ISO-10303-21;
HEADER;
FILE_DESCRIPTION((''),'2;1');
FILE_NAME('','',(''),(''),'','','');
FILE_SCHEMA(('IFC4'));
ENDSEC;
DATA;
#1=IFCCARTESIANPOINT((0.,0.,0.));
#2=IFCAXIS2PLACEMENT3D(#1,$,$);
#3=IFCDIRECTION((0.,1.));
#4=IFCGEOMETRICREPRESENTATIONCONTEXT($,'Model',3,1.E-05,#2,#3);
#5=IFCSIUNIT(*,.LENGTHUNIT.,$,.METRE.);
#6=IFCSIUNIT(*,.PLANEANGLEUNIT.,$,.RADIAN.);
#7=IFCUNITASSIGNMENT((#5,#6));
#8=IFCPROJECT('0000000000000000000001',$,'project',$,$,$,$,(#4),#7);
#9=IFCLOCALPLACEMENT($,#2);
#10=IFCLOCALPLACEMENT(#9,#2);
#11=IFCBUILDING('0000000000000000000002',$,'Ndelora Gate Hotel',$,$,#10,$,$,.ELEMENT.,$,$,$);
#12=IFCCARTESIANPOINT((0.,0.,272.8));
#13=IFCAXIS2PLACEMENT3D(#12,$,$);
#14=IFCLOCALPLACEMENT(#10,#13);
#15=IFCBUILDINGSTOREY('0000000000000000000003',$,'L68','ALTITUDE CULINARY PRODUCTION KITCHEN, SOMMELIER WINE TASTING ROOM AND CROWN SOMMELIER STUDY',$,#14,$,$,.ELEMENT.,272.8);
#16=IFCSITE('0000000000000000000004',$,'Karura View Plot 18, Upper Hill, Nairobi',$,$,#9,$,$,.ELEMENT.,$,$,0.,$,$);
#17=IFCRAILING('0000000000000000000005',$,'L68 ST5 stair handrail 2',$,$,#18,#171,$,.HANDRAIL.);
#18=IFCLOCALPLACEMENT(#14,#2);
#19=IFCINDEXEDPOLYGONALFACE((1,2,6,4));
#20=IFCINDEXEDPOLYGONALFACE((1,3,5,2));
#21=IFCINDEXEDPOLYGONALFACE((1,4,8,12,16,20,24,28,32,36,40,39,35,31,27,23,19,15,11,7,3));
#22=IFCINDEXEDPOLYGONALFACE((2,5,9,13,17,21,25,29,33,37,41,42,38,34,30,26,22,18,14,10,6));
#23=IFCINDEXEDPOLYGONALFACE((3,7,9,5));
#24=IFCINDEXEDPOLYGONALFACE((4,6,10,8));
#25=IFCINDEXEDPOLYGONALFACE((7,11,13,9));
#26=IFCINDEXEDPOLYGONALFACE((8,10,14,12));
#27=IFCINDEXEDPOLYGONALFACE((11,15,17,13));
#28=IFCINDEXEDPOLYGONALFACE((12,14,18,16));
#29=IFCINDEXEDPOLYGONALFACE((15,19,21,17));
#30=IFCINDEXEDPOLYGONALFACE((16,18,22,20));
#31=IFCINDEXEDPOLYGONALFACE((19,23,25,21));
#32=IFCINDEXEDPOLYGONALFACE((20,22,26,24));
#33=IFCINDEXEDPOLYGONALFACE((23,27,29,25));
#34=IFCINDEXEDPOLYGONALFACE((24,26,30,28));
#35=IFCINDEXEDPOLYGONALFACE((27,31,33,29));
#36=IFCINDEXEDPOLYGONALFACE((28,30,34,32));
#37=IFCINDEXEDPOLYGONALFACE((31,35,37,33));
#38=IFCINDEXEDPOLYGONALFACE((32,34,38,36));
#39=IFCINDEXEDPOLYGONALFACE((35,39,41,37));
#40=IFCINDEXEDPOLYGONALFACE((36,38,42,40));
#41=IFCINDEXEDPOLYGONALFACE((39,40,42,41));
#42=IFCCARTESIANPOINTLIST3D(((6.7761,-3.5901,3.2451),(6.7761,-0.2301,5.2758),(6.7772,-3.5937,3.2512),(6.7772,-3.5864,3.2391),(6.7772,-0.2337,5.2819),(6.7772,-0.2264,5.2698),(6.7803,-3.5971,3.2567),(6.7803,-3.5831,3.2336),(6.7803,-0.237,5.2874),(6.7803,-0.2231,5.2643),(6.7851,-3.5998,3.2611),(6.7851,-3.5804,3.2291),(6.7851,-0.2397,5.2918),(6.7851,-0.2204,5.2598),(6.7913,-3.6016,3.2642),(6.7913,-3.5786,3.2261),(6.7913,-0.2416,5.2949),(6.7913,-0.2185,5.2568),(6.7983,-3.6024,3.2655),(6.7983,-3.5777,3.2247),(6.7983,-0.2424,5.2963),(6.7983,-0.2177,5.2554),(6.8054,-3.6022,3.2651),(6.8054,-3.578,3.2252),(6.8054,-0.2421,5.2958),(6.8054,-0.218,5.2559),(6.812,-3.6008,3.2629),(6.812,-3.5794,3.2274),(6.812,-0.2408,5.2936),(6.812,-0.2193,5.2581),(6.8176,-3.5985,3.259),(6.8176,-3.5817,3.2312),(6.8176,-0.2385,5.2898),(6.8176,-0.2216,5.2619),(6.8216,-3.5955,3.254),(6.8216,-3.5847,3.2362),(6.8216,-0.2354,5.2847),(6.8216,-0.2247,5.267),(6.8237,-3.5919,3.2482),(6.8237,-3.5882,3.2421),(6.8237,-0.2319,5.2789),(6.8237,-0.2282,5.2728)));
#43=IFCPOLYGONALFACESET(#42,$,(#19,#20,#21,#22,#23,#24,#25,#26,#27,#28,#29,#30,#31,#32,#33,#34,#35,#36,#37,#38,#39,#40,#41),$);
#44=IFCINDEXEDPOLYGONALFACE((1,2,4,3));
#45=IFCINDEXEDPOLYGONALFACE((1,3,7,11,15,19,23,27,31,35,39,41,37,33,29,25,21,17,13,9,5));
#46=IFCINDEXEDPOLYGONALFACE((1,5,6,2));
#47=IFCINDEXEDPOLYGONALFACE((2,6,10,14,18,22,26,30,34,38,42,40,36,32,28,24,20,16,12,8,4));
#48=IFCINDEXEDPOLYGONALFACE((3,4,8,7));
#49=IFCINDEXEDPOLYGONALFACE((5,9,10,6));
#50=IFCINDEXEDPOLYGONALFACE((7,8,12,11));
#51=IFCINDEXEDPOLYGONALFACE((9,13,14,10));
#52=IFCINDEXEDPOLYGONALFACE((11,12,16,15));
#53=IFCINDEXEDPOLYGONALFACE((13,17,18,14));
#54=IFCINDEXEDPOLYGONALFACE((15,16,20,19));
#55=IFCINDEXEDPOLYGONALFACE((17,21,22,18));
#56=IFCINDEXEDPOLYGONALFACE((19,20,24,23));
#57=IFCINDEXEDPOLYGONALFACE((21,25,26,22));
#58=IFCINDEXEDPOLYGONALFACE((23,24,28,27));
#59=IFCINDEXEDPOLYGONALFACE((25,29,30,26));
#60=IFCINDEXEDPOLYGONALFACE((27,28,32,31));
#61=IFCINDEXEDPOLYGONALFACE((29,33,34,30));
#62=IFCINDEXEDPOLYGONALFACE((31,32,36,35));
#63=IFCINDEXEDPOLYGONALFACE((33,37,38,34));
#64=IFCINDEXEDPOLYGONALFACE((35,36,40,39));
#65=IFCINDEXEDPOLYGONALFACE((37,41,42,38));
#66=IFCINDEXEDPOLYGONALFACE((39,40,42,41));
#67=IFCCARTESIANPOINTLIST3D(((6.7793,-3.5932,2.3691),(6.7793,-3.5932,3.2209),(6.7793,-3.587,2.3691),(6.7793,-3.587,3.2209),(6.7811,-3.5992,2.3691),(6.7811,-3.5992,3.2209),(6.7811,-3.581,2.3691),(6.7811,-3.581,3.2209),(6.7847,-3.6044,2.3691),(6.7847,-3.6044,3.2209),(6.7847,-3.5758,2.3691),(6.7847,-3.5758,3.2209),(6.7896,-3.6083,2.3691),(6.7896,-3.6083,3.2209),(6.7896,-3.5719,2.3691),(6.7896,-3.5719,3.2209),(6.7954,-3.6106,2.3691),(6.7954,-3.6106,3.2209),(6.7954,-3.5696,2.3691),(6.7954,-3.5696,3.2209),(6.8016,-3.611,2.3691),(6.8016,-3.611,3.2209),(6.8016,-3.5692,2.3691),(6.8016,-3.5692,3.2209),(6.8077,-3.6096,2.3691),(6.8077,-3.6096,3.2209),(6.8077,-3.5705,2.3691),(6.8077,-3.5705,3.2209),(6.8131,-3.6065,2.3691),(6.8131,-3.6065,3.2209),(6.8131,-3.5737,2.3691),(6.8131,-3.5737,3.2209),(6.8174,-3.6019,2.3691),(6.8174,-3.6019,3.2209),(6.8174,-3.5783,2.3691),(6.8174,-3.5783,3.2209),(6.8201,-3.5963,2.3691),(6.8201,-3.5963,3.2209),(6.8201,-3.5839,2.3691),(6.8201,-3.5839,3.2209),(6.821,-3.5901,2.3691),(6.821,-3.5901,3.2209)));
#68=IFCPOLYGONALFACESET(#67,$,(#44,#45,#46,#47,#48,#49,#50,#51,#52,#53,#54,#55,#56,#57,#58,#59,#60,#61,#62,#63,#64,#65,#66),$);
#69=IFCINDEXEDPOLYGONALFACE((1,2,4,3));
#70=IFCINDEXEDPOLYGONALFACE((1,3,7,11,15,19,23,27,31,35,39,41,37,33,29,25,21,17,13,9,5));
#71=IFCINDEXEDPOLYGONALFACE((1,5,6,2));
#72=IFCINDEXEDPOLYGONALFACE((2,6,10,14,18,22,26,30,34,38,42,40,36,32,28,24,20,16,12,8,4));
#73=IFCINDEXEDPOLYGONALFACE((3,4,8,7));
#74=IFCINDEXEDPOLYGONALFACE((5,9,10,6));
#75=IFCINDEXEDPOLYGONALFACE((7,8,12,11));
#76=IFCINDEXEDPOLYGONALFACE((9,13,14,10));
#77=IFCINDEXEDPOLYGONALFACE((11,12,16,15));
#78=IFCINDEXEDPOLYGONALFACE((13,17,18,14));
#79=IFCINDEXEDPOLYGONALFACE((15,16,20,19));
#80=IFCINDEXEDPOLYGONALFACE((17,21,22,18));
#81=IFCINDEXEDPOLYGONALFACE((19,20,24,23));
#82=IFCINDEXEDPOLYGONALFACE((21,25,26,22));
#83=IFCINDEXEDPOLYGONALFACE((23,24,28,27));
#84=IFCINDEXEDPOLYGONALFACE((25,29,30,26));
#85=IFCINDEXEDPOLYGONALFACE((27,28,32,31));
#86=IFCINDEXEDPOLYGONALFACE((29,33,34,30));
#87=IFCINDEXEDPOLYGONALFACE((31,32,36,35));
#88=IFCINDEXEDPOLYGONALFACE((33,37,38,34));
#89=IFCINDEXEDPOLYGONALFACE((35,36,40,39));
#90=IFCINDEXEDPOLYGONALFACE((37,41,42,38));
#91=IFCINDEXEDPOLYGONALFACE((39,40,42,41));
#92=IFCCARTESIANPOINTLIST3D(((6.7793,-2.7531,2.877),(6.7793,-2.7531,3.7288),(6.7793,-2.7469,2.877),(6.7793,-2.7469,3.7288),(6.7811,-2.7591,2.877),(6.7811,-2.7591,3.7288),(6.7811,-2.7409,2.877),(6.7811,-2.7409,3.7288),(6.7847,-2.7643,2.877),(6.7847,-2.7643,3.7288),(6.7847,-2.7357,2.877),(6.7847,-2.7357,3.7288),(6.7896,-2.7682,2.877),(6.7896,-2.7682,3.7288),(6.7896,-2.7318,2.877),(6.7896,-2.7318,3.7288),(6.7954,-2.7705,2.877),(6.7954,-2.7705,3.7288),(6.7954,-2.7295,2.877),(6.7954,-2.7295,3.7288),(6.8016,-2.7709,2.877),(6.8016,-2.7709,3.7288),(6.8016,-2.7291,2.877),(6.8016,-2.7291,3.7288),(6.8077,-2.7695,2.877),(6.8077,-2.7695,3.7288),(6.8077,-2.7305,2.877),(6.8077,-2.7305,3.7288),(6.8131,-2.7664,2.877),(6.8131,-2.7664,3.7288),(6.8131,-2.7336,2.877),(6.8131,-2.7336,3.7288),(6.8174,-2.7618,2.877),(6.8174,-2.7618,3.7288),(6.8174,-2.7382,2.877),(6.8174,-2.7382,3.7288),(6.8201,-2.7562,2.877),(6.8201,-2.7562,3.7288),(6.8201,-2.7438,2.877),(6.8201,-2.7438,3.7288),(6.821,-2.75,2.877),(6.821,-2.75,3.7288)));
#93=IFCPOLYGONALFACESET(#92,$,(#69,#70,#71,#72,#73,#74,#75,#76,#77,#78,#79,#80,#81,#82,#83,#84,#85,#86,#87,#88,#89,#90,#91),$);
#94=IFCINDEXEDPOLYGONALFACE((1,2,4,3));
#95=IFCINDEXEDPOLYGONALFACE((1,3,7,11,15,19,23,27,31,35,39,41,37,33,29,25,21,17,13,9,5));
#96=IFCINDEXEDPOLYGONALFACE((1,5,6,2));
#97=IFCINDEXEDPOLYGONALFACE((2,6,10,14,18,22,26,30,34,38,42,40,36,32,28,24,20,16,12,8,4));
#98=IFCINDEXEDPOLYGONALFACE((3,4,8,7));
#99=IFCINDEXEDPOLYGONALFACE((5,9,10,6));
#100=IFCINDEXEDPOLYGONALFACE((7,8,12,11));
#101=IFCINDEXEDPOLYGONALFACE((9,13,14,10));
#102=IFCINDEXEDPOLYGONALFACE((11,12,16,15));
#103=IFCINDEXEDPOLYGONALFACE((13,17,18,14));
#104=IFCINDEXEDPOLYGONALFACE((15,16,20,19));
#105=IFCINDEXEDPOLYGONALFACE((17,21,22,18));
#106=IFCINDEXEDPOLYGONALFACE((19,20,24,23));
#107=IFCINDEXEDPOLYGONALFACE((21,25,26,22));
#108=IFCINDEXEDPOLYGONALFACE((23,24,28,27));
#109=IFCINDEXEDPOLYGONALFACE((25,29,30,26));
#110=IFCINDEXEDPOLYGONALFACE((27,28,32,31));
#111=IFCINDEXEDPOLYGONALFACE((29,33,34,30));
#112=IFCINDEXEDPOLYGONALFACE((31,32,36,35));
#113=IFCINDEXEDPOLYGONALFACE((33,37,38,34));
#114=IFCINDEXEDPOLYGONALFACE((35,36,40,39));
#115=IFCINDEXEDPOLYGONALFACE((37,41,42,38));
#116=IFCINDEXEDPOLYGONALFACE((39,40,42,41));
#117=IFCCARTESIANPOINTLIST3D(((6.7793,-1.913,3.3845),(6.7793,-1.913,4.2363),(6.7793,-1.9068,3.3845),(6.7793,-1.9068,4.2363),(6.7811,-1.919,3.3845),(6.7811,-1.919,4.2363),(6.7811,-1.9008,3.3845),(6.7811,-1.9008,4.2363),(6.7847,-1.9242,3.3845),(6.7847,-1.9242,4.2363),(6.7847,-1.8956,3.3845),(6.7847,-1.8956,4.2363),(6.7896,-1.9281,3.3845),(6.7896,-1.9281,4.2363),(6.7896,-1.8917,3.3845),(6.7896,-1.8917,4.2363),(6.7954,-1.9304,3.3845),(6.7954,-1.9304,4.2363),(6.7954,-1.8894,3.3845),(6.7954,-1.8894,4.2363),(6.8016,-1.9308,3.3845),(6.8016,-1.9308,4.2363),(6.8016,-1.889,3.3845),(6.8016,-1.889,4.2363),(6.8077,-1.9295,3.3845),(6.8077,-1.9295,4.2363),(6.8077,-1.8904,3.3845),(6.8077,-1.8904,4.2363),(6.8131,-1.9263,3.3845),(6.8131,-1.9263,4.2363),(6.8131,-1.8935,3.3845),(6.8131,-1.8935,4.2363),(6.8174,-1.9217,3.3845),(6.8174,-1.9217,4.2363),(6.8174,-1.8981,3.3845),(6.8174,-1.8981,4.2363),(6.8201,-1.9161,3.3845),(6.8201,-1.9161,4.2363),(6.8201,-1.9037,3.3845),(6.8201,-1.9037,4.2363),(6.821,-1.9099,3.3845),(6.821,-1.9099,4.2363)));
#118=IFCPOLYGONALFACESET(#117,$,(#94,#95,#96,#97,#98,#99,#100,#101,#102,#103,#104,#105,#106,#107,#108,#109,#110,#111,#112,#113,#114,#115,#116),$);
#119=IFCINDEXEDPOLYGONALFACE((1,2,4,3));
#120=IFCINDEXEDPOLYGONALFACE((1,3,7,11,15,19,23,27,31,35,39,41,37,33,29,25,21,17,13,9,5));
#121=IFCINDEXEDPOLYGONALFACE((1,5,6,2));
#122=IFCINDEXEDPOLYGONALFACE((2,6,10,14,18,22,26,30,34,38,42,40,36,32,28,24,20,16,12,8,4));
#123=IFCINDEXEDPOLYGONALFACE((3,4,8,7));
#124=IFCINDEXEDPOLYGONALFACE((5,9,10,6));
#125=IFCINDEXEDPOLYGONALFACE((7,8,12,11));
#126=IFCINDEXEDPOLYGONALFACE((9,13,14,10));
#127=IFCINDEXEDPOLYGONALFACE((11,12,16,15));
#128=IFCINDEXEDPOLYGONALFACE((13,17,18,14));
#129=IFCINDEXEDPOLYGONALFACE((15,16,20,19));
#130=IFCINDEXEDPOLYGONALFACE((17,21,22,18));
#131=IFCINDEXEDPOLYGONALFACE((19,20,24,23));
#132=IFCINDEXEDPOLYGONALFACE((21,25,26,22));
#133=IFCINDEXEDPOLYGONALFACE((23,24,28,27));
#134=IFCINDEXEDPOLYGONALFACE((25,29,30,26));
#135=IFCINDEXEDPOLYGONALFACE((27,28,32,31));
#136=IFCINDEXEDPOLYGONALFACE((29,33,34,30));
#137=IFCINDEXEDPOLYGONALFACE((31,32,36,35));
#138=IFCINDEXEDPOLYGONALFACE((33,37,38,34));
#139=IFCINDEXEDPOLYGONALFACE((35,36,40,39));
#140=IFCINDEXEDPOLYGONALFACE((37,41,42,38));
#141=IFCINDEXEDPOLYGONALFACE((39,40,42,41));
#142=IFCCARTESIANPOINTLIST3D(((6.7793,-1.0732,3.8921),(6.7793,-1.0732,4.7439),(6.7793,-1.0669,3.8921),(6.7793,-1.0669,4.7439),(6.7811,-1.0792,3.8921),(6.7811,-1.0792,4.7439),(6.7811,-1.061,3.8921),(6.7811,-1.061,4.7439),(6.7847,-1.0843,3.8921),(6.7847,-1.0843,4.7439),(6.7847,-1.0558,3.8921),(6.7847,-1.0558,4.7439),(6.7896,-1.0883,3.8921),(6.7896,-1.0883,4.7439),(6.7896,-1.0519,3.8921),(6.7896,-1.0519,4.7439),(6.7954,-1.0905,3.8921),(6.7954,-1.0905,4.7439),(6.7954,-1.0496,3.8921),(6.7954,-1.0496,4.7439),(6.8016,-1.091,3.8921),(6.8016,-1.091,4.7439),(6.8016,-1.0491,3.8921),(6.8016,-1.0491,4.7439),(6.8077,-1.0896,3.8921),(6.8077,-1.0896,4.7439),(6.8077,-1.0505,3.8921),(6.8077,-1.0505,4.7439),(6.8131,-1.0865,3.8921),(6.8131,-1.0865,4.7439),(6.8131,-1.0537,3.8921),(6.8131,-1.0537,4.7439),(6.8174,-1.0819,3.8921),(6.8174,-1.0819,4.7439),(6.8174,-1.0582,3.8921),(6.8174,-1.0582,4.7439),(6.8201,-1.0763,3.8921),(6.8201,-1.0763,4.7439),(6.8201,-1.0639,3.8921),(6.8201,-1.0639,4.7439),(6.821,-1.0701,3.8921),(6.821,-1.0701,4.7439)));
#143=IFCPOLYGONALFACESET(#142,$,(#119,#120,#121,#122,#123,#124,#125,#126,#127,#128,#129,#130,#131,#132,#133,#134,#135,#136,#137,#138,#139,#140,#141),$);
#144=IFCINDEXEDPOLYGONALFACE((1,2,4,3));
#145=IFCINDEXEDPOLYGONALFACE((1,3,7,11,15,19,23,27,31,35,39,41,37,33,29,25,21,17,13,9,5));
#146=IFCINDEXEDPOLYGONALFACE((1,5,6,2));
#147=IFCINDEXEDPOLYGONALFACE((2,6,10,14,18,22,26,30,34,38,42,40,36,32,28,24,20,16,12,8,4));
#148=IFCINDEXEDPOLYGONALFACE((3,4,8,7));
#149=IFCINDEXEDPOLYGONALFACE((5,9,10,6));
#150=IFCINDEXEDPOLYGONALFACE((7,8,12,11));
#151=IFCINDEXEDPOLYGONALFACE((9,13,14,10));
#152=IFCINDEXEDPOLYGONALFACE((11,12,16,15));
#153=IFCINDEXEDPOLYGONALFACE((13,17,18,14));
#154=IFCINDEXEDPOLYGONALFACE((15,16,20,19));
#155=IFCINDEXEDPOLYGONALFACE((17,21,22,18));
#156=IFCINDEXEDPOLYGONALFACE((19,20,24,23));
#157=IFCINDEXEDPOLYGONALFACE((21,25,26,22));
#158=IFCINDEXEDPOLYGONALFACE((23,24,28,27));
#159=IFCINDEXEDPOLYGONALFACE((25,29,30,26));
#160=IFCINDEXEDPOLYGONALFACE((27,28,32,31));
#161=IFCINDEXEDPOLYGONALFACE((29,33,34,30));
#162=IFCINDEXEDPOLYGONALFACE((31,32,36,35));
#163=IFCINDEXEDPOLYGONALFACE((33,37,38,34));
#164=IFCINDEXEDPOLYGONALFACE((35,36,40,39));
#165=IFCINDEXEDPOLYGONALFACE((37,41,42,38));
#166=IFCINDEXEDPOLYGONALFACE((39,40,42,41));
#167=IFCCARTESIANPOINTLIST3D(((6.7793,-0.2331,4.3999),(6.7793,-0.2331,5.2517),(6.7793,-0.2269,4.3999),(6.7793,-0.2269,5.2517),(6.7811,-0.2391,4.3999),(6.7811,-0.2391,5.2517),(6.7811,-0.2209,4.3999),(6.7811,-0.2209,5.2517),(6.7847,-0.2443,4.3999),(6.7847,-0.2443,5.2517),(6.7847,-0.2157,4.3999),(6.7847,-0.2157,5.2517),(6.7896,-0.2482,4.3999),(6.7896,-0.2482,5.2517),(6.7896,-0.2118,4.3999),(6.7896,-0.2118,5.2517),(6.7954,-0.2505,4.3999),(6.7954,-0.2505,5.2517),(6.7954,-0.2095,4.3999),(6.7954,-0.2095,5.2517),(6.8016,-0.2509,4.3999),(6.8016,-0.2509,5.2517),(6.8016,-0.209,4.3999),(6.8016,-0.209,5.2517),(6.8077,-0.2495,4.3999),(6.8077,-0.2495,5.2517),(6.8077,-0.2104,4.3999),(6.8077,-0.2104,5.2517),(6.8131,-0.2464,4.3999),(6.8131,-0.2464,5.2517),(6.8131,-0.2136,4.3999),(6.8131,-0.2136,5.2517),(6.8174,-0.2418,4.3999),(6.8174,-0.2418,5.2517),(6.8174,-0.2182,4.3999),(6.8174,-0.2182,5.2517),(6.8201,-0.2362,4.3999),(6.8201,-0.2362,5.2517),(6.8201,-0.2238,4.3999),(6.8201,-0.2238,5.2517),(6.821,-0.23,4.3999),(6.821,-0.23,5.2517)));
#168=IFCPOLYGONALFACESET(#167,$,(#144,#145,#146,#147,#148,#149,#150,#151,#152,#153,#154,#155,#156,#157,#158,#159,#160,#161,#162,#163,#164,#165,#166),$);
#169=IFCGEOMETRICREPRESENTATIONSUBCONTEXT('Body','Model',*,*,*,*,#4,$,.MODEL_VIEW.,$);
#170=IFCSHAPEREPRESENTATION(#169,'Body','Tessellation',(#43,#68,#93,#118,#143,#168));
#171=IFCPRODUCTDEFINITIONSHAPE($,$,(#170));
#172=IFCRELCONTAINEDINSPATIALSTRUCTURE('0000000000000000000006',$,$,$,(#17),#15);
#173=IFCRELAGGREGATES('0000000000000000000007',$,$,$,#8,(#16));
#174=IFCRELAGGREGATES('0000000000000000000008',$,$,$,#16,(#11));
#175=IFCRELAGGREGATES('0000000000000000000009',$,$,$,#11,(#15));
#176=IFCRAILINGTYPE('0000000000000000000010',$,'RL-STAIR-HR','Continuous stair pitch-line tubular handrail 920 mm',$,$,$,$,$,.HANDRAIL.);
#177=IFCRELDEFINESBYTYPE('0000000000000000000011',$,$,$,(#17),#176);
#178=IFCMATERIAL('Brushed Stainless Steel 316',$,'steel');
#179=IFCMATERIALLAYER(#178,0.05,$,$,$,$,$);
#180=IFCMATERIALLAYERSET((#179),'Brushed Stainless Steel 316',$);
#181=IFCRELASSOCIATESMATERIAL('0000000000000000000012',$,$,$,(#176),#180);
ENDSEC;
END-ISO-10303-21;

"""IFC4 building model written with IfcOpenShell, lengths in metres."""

from ifc_helpers import new_model, si_unit, direction, frame, origin, origin_2d, place, context, subcontext, project, spatial, circle, extrude, material, layer, layer_set, type_object, element, save


model = new_model("IFC4")

# Units and contexts
model_context = context("Model", 3, precision=1e-05, world=origin(), true_north=direction((0.0, 1.0)))
body_context = subcontext(model_context, "Body", "Model", "MODEL_VIEW")
ifc_project = project(units=[si_unit("LENGTHUNIT", "METRE"), si_unit("PLANEANGLEUNIT", "RADIAN")], contexts=[model_context])

# Site, building, storey
site_placement = place(None, origin())
site = spatial("IfcSite", under=ifc_project, at=site_placement, Name="Karura View Plot 18, Upper Hill, Nairobi", CompositionType="ELEMENT", RefElevation=0.0)
building_placement = place(site_placement, origin())
building = spatial("IfcBuilding", under=site, at=building_placement, Name="Ndelora Gate Hotel", CompositionType="ELEMENT")
storey_placement = place(building_placement, frame((0.0, 0.0, 272.8)))
storey = spatial("IfcBuildingStorey", under=building, at=storey_placement, Name="L68", Description="ALTITUDE CULINARY PRODUCTION KITCHEN, SOMMELIER WINE TASTING ROOM AND CROWN SOMMELIER STUDY", CompositionType="ELEMENT", Elevation=272.8)

# Railing
ifc_material_1 = material(Name="Brushed Stainless Steel 316", Category="steel")
ifc_layer_1 = layer(ifc_material_1, 0.05)
ifc_layer_set_1 = layer_set([ifc_layer_1], Name="Brushed Stainless Steel 316")
railing_type_1 = type_object("IfcRailingType", Name="RL-STAIR-HR", Description="Continuous stair pitch-line tubular handrail 920 mm", PredefinedType="HANDRAIL", material=ifc_layer_set_1)
railing_1_placement = place(storey_placement, frame((6.8, -3.5901, 2.3691)))
element("IfcRailing", 1, at=railing_1_placement, inside=storey, type_object=railing_type_1, Name="L68 ST5 stair handrail 2", PredefinedType="HANDRAIL", context=body_context, shape_type="SweptSolid", body=[
    extrude(circle(Radius=0.0239, at=origin_2d()), frame((0.0, 0.0, 0.876), z_axis=(0.0, 0.855837, 0.517246), x_axis=(-1.0, 0.0, 0.0)), (0.0, 0.0, 1.0), 3.926),
    extrude(circle(Radius=0.021, at=origin_2d()), origin(), (0.0, 0.0, 1.0), 0.8518),
    extrude(circle(Radius=0.021, at=origin_2d()), frame((0.0, 0.8401, 0.5078)), (0.0, 0.0, 1.0), 0.8518),
    extrude(circle(Radius=0.021, at=origin_2d()), frame((0.0, 1.6802, 1.0154)), (0.0, 0.0, 1.0), 0.8518),
    extrude(circle(Radius=0.021, at=origin_2d()), frame((0.0, 2.52, 1.5229)), (0.0, 0.0, 1.0), 0.8518),
    extrude(circle(Radius=0.021, at=origin_2d()), frame((0.0, 3.3601, 2.0308)), (0.0, 0.0, 1.0), 0.8518),
])

save(model, "model.ifc")
